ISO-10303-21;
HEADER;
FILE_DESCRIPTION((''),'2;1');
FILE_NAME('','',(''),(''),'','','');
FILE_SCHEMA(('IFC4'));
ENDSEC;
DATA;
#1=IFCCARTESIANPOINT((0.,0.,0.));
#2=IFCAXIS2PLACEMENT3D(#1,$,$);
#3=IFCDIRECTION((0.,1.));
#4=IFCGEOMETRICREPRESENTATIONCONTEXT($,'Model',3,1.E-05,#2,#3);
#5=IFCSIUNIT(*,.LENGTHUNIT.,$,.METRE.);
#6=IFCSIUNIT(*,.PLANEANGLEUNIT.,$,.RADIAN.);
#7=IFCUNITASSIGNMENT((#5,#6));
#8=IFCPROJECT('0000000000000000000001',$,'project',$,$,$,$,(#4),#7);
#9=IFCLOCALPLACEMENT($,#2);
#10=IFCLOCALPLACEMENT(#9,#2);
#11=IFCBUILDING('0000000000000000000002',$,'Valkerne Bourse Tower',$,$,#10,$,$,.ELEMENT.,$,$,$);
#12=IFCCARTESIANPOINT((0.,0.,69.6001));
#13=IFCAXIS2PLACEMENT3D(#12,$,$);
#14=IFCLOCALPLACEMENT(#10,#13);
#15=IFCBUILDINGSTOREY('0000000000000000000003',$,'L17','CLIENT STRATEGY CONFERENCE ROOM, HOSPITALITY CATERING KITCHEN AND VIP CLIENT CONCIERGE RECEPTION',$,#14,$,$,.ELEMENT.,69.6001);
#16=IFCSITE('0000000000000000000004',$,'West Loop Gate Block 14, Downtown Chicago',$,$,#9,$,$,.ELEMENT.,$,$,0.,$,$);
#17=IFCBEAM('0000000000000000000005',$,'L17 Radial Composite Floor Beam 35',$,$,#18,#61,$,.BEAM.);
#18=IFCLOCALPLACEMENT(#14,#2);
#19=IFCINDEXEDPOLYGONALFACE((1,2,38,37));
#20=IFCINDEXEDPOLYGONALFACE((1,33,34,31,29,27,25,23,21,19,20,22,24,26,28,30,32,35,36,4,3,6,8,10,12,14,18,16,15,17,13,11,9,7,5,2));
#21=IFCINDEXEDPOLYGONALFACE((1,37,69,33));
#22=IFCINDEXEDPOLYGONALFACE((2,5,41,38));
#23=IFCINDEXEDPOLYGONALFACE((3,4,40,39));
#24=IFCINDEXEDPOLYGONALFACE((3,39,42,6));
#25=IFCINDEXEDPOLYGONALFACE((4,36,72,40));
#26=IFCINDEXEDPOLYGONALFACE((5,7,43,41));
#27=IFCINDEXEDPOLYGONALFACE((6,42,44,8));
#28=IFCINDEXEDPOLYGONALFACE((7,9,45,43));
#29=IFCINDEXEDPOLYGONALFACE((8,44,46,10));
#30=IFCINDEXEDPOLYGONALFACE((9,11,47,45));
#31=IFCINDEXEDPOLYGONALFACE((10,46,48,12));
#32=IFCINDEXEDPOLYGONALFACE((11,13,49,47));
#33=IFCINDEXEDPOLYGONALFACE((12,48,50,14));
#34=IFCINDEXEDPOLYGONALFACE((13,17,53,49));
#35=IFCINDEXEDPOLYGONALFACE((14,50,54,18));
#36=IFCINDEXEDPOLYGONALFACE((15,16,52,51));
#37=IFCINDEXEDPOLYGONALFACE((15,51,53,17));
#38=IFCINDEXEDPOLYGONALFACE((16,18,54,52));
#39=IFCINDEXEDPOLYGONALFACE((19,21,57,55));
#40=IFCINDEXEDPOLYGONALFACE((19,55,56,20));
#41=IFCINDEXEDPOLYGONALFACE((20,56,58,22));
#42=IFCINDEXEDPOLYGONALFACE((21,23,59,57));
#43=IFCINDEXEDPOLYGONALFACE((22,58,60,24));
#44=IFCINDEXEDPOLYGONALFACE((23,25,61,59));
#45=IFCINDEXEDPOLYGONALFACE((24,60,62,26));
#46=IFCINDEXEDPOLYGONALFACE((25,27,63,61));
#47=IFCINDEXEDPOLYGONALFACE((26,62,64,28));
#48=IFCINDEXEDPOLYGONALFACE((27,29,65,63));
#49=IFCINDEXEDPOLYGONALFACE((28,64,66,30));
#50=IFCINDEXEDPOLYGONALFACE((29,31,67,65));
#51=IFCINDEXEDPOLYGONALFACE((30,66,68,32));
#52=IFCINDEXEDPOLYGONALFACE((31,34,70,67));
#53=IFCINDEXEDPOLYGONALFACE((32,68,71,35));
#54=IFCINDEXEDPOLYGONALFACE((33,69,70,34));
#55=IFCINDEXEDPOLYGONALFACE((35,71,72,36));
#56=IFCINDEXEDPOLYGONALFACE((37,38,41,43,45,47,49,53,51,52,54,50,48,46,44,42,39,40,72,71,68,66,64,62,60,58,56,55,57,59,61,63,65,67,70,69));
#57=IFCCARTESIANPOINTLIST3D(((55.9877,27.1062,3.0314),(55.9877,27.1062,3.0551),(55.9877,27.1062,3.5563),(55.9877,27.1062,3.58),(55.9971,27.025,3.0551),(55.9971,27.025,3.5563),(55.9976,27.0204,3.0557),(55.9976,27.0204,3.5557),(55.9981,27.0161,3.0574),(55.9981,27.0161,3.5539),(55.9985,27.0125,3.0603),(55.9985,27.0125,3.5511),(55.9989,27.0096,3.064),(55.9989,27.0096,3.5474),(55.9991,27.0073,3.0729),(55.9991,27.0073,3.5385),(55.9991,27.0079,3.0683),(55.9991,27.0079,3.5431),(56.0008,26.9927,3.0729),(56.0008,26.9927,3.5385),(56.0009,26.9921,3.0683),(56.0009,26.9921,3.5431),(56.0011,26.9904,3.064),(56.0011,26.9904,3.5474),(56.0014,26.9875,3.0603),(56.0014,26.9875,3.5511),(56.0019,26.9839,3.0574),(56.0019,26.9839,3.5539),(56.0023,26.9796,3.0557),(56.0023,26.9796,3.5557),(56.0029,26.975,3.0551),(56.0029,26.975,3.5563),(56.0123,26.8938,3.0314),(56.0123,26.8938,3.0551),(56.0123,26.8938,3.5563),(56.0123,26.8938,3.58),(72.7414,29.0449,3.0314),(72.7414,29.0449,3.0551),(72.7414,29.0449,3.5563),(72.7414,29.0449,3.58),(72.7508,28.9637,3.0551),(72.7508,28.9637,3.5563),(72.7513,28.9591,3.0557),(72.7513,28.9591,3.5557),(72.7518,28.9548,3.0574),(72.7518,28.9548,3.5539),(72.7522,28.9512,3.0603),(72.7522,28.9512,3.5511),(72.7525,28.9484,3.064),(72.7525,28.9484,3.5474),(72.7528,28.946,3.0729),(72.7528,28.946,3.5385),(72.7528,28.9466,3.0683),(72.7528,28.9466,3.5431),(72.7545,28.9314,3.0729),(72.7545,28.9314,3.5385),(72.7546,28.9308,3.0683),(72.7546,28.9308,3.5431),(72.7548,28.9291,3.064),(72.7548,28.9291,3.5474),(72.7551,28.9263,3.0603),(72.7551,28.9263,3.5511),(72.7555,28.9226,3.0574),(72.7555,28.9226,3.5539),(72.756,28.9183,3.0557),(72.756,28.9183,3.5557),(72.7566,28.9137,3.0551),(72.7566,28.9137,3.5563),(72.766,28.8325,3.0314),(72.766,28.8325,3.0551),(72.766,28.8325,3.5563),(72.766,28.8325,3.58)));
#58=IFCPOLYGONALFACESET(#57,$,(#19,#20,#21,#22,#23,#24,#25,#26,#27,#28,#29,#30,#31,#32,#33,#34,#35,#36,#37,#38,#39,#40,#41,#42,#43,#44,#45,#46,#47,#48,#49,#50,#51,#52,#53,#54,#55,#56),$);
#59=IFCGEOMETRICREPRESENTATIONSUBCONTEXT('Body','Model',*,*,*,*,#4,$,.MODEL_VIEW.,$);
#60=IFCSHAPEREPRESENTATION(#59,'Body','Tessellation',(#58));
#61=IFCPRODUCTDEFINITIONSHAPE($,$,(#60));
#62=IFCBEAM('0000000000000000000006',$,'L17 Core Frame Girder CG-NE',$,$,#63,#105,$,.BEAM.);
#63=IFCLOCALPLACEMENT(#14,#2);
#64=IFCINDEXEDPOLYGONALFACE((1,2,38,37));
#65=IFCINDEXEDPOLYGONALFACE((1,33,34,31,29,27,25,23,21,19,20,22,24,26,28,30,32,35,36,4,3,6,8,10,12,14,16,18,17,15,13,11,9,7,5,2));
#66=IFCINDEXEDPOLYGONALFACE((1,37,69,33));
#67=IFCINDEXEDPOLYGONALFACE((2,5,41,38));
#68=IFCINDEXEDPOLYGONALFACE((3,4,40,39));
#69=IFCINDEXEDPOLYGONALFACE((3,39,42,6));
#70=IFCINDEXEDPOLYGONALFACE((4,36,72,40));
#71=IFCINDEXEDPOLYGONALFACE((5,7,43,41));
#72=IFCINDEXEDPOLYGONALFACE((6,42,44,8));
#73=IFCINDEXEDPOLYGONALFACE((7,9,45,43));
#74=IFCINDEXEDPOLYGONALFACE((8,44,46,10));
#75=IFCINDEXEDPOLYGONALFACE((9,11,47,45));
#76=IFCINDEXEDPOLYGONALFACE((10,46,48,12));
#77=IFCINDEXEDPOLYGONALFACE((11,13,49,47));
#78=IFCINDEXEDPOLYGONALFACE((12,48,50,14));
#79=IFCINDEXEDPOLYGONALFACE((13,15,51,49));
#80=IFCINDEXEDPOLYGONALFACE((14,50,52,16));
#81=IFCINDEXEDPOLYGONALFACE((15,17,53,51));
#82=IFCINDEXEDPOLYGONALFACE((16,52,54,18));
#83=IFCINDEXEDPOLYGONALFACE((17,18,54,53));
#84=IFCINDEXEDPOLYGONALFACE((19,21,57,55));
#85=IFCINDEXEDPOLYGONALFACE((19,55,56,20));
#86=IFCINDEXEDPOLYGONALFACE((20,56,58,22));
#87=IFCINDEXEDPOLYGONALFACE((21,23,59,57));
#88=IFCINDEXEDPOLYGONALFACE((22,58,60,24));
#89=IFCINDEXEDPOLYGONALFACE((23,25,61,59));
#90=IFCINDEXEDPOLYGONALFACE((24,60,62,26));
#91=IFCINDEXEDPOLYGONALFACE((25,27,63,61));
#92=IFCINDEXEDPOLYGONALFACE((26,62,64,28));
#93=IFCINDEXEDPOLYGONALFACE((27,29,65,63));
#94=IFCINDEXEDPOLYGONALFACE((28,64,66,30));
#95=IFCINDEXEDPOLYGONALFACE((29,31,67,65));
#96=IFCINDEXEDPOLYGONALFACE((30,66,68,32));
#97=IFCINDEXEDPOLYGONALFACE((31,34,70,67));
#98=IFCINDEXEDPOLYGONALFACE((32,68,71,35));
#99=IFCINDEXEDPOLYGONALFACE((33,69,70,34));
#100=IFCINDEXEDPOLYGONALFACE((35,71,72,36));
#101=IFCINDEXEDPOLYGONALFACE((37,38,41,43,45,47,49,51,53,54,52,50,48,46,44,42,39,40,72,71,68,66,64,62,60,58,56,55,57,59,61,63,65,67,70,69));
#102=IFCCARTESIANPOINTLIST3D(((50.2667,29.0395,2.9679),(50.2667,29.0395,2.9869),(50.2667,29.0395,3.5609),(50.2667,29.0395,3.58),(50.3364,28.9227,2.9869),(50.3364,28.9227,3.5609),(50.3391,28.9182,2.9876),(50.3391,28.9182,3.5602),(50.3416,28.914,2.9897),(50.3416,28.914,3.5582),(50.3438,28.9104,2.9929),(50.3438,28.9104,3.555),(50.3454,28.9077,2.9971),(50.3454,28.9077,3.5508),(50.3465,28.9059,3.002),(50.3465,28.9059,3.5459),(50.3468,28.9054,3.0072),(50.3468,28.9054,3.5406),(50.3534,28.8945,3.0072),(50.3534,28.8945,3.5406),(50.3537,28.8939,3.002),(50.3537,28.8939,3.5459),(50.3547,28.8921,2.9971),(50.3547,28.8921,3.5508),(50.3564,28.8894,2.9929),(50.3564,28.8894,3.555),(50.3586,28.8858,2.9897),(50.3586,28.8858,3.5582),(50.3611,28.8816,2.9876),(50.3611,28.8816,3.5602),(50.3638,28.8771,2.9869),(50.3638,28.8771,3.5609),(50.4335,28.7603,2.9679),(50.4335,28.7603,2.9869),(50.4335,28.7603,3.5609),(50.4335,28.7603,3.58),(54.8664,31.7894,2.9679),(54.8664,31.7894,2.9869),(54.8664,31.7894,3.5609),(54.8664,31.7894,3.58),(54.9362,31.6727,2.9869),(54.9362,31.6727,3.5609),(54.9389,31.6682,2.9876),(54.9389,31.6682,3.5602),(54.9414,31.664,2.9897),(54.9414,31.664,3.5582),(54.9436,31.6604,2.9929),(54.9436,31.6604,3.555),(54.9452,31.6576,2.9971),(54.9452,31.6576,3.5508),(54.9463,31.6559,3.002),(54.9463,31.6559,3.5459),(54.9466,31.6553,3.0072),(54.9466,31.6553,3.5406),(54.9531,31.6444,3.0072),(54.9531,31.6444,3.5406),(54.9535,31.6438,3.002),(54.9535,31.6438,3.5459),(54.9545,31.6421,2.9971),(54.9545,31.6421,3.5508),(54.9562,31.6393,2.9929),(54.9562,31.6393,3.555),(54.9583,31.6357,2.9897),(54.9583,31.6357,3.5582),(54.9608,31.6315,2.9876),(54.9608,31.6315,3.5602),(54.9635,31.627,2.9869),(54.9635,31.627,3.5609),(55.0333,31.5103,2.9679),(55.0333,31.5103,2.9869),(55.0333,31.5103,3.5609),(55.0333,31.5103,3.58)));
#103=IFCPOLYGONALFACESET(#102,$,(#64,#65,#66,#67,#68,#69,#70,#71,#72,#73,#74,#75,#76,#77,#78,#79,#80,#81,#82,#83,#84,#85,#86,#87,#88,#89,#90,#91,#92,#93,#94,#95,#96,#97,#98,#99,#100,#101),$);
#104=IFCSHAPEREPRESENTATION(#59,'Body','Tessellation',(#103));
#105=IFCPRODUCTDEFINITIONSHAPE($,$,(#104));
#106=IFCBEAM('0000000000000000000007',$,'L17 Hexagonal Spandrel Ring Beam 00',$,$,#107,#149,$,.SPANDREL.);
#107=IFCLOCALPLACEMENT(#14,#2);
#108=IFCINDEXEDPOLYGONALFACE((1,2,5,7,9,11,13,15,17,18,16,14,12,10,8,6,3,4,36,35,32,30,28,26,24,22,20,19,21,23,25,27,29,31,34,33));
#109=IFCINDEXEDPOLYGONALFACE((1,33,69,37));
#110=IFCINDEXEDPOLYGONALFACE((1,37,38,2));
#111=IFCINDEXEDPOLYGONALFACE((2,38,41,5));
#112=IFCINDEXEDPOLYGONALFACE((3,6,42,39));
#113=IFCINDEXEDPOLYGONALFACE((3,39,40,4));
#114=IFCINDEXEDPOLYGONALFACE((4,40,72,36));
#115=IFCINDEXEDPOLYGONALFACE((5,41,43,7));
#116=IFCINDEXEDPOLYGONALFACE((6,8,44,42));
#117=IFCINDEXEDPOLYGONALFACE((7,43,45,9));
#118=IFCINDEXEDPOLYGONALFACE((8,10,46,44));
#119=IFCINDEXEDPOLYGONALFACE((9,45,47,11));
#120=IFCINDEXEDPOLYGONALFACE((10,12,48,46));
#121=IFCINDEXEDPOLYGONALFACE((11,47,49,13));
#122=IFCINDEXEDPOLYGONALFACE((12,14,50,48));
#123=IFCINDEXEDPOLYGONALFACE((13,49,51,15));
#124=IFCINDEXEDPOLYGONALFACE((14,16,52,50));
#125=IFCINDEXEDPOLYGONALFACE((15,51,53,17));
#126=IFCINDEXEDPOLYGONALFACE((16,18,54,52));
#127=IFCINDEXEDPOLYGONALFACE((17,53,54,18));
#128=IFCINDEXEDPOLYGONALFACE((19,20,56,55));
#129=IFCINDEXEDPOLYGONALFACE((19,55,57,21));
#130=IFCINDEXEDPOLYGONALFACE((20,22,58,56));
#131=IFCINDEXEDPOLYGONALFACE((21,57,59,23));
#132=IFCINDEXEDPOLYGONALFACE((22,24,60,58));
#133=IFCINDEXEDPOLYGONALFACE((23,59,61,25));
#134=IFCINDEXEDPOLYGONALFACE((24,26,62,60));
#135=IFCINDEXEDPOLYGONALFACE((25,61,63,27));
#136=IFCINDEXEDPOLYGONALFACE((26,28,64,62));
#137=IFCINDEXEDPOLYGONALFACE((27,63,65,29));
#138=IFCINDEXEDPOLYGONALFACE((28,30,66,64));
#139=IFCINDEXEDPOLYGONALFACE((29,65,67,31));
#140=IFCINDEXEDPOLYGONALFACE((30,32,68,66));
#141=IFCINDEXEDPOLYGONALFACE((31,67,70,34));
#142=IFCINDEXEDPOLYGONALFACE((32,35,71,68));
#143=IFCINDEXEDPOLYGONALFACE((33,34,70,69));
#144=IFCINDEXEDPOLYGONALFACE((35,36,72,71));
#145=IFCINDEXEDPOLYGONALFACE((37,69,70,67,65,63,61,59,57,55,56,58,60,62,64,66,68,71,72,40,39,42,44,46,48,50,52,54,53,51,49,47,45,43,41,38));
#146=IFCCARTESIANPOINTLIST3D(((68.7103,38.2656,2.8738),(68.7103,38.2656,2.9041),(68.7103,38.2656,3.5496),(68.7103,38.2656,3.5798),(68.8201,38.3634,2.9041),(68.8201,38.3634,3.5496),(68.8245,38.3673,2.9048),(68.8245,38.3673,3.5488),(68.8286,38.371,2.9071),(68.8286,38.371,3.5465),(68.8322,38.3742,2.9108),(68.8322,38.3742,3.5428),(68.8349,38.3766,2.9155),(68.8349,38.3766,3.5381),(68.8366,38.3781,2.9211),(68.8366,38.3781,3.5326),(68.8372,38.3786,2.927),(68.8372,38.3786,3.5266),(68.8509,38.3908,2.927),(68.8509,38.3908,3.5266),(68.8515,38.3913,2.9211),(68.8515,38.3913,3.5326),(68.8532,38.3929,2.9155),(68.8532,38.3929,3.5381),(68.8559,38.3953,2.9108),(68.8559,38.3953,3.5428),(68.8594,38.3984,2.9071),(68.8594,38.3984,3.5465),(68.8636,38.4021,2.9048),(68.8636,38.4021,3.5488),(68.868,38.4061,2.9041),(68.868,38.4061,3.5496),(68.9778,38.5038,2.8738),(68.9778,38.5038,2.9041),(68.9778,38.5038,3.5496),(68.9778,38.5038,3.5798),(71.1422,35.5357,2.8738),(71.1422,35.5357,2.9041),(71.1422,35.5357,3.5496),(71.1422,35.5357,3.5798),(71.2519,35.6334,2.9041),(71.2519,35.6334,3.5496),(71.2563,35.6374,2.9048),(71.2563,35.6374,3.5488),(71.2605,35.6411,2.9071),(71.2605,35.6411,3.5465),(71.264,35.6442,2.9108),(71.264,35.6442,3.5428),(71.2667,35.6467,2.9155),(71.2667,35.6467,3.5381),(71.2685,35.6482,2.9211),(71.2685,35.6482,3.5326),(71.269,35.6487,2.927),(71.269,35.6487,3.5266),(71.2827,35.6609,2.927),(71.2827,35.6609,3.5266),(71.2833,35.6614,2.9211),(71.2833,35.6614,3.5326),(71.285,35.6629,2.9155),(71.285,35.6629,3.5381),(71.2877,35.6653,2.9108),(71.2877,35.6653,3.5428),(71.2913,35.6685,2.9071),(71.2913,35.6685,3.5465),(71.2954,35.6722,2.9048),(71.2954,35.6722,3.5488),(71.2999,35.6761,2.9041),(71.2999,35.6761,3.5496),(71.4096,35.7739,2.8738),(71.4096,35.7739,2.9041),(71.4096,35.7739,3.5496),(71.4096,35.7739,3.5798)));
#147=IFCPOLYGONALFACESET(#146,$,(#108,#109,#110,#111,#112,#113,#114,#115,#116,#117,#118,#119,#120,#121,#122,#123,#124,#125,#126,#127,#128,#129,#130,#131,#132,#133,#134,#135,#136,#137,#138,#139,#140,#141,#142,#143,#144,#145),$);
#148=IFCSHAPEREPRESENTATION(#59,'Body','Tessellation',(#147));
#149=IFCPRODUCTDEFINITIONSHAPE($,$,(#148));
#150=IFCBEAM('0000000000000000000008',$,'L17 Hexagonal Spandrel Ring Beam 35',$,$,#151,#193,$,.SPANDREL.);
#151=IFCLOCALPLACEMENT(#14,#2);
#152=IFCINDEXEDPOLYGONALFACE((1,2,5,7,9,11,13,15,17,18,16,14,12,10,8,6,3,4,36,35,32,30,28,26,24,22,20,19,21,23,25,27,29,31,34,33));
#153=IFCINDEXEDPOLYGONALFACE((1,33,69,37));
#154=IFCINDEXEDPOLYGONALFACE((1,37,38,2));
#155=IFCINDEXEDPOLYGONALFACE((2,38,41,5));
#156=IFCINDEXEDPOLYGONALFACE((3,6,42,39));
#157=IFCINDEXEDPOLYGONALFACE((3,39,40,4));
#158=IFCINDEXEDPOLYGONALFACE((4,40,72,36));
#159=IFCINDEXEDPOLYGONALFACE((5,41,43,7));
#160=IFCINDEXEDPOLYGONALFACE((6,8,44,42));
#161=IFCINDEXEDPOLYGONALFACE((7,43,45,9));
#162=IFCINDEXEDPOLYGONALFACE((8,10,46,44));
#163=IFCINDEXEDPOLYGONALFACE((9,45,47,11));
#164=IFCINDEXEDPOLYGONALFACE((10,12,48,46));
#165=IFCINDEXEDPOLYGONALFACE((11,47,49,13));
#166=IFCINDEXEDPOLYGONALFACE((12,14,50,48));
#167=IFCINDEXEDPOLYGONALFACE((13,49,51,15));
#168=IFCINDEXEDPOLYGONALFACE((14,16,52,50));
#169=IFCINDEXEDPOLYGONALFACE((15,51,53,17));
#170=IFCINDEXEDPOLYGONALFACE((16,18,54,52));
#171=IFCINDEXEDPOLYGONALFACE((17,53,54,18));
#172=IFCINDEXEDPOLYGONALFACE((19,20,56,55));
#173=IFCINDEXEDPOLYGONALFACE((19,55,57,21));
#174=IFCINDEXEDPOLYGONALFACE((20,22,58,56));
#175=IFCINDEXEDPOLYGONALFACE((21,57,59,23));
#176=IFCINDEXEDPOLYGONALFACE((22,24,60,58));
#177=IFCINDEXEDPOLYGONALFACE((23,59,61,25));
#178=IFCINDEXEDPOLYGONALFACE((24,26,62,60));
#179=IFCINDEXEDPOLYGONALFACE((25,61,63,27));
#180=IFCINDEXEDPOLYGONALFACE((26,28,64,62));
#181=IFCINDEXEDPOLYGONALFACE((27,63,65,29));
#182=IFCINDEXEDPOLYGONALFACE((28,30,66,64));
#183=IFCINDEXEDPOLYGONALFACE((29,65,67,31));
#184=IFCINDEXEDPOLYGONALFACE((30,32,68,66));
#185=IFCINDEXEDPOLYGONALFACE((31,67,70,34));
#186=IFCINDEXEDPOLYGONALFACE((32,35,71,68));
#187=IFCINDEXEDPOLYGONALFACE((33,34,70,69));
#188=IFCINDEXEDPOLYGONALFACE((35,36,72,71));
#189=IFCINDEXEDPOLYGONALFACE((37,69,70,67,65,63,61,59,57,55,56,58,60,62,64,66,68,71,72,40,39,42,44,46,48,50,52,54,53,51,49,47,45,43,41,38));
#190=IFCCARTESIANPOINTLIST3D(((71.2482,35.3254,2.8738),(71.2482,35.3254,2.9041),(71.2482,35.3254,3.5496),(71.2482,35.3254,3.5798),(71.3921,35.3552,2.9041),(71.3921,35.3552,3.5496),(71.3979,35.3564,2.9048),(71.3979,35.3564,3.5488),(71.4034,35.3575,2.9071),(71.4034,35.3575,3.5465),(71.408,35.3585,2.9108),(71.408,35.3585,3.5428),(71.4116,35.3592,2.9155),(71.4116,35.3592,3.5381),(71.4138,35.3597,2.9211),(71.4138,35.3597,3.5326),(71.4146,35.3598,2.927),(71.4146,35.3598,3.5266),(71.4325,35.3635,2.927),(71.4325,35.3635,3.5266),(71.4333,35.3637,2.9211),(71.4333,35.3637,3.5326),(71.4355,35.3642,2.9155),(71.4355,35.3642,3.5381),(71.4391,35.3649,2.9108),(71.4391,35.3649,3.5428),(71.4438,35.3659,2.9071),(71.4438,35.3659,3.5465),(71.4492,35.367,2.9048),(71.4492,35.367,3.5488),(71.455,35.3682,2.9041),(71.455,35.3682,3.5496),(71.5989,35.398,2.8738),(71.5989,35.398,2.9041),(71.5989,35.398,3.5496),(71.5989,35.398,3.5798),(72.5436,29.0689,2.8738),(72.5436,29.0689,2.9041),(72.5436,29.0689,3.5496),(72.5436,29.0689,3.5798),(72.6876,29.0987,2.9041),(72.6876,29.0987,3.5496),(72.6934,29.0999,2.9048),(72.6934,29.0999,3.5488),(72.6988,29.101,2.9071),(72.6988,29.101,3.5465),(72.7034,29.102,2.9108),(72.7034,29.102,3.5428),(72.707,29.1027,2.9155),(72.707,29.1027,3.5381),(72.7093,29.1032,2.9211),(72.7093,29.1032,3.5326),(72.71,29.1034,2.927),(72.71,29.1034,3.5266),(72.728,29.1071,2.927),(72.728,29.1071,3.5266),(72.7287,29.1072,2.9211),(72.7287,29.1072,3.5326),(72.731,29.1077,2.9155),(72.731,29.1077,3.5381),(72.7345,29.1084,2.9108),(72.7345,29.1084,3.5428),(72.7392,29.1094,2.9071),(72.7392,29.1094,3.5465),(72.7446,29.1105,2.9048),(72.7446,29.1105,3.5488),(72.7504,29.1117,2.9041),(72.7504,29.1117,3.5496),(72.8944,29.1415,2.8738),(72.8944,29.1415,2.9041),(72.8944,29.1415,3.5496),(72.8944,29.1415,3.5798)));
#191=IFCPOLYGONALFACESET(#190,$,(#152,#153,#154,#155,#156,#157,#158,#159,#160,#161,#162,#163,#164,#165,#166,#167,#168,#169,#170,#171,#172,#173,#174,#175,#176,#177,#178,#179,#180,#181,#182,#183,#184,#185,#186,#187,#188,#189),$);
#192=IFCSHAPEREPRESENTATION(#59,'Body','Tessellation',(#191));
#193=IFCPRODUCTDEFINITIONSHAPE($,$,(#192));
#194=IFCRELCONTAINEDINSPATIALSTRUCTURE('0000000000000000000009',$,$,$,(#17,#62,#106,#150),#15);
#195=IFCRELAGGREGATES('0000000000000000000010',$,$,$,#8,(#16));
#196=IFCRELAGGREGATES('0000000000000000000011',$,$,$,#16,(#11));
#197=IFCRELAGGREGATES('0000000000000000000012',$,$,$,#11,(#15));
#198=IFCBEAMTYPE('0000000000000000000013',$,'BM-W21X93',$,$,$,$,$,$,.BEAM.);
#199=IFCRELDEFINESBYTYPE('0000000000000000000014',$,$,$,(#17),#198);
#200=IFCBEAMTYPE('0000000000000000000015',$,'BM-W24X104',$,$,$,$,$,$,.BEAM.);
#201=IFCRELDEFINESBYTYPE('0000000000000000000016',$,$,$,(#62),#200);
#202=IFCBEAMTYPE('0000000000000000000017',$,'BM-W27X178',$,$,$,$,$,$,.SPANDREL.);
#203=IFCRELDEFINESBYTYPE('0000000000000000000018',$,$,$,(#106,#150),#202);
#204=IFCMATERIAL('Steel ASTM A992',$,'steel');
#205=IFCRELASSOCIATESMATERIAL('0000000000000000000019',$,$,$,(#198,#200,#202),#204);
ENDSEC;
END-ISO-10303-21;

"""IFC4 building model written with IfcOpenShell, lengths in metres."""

from ifc_helpers import new_model, si_unit, direction, frame, origin, origin_2d, place, context, subcontext, project, spatial, i_section, extrude, material, material_profile, profile_set, type_object, element, save


model = new_model("IFC4")

# Units and contexts
model_context = context("Model", 3, precision=1e-05, world=origin(), true_north=direction((0.0, 1.0)))
body_context = subcontext(model_context, "Body", "Model", "MODEL_VIEW")
ifc_project = project(units=[si_unit("LENGTHUNIT", "METRE"), si_unit("PLANEANGLEUNIT", "RADIAN")], contexts=[model_context])

# Site, building, storey
site_placement = place(None, origin())
site = spatial("IfcSite", under=ifc_project, at=site_placement, Name="West Loop Gate Block 14, Downtown Chicago", CompositionType="ELEMENT", RefElevation=0.0)
building_placement = place(site_placement, origin())
building = spatial("IfcBuilding", under=site, at=building_placement, Name="Valkerne Bourse Tower", CompositionType="ELEMENT")
storey_placement = place(building_placement, frame((0.0, 0.0, 69.6001)))
storey = spatial("IfcBuildingStorey", under=building, at=storey_placement, Name="L17", Description="CLIENT STRATEGY CONFERENCE ROOM, HOSPITALITY CATERING KITCHEN AND VIP CLIENT CONCIERGE RECEPTION", CompositionType="ELEMENT", Elevation=69.6001)

# Beams
ifc_material_1 = material(Name="Steel ASTM A992", Category="steel")
ifc_material_profile_1 = material_profile(ifc_material_1, i_section(OverallWidth=0.2139, OverallDepth=0.5486, WebThickness=0.0146, FlangeThickness=0.0237, FilletRadius=0.0178, at=origin_2d()), Name="W21X93")
ifc_profile_set_1 = profile_set([ifc_material_profile_1], Name="Steel ASTM A992")
beam_type_1 = type_object("IfcBeamType", Name="BM-W21X93", PredefinedType="BEAM", material=ifc_profile_set_1)
beam_1_placement = place(storey_placement, frame((72.7537, 28.9387, 3.3057), z_axis=(-0.993371, -0.114952, 0.0), x_axis=(0.114952, -0.993371, 0.0)))
element("IfcBeam", 1, at=beam_1_placement, inside=storey, type_object=beam_type_1, Name="L17 Radial Composite Floor Beam 35", PredefinedType="BEAM", context=body_context, shape_type="SweptSolid", body=[
    extrude(i_section(OverallWidth=0.2139, OverallDepth=0.5486, WebThickness=0.0146, FlangeThickness=0.0237, FilletRadius=0.0178, at=origin_2d()), origin(), (0.0, 0.0, 1.0), 16.8655),
])
ifc_material_profile_2 = material_profile(ifc_material_1, i_section(OverallWidth=0.3252, OverallDepth=0.6121, WebThickness=0.0127, FlangeThickness=0.019, FilletRadius=0.0203, at=origin_2d()), Name="W24X104")
ifc_profile_set_2 = profile_set([ifc_material_profile_2], Name="Steel ASTM A992")
beam_type_2 = type_object("IfcBeamType", Name="BM-W24X104", PredefinedType="BEAM", material=ifc_profile_set_2)
beam_2_placement = place(storey_placement, frame((50.3501, 28.8999, 3.2739), z_axis=(0.858308, 0.513135, 0.0), x_axis=(-0.513135, 0.858308, 0.0)))
element("IfcBeam", 2, at=beam_2_placement, inside=storey, type_object=beam_type_2, Name="L17 Core Frame Girder CG-NE", PredefinedType="BEAM", context=body_context, shape_type="SweptSolid", body=[
    extrude(i_section(OverallWidth=0.3252, OverallDepth=0.6121, WebThickness=0.0127, FlangeThickness=0.019, FilletRadius=0.0203, at=origin_2d()), origin(), (0.0, 0.0, 1.0), 5.3591),
])
ifc_material_profile_3 = material_profile(ifc_material_1, i_section(OverallWidth=0.3582, OverallDepth=0.7061, WebThickness=0.0183, FlangeThickness=0.0303, FilletRadius=0.0229, at=origin_2d()), Name="W27X178")
ifc_profile_set_3 = profile_set([ifc_material_profile_3], Name="Steel ASTM A992")
beam_type_3 = type_object("IfcBeamType", Name="BM-W27X178", PredefinedType="SPANDREL", material=ifc_profile_set_3)
beam_3_placement = place(storey_placement, frame((71.2759, 35.6548, 3.2268), z_axis=(-0.665163, 0.746698, 0.0), x_axis=(-0.746698, -0.665163, 0.0)))
element("IfcBeam", 3, at=beam_3_placement, inside=storey, type_object=beam_type_3, Name="L17 Hexagonal Spandrel Ring Beam 00", PredefinedType="SPANDREL", context=body_context, shape_type="SweptSolid", body=[
    extrude(i_section(OverallWidth=0.3582, OverallDepth=0.7061, WebThickness=0.0183, FlangeThickness=0.0303, FilletRadius=0.0229, at=origin_2d()), origin(), (0.0, 0.0, 1.0), 3.656),
])
beam_4_placement = place(storey_placement, frame((72.719, 29.1052, 3.2268), z_axis=(-0.202755, 0.97923, 0.0), x_axis=(-0.97923, -0.202755, 0.0)))
element("IfcBeam", 4, at=beam_4_placement, inside=storey, type_object=beam_type_3, Name="L17 Hexagonal Spandrel Ring Beam 35", PredefinedType="SPANDREL", context=body_context, shape_type="SweptSolid", body=[
    extrude(i_section(OverallWidth=0.3582, OverallDepth=0.7061, WebThickness=0.0183, FlangeThickness=0.0303, FilletRadius=0.0229, at=origin_2d()), origin(), (0.0, 0.0, 1.0), 6.3892),
])

save(model, "model.ifc")
